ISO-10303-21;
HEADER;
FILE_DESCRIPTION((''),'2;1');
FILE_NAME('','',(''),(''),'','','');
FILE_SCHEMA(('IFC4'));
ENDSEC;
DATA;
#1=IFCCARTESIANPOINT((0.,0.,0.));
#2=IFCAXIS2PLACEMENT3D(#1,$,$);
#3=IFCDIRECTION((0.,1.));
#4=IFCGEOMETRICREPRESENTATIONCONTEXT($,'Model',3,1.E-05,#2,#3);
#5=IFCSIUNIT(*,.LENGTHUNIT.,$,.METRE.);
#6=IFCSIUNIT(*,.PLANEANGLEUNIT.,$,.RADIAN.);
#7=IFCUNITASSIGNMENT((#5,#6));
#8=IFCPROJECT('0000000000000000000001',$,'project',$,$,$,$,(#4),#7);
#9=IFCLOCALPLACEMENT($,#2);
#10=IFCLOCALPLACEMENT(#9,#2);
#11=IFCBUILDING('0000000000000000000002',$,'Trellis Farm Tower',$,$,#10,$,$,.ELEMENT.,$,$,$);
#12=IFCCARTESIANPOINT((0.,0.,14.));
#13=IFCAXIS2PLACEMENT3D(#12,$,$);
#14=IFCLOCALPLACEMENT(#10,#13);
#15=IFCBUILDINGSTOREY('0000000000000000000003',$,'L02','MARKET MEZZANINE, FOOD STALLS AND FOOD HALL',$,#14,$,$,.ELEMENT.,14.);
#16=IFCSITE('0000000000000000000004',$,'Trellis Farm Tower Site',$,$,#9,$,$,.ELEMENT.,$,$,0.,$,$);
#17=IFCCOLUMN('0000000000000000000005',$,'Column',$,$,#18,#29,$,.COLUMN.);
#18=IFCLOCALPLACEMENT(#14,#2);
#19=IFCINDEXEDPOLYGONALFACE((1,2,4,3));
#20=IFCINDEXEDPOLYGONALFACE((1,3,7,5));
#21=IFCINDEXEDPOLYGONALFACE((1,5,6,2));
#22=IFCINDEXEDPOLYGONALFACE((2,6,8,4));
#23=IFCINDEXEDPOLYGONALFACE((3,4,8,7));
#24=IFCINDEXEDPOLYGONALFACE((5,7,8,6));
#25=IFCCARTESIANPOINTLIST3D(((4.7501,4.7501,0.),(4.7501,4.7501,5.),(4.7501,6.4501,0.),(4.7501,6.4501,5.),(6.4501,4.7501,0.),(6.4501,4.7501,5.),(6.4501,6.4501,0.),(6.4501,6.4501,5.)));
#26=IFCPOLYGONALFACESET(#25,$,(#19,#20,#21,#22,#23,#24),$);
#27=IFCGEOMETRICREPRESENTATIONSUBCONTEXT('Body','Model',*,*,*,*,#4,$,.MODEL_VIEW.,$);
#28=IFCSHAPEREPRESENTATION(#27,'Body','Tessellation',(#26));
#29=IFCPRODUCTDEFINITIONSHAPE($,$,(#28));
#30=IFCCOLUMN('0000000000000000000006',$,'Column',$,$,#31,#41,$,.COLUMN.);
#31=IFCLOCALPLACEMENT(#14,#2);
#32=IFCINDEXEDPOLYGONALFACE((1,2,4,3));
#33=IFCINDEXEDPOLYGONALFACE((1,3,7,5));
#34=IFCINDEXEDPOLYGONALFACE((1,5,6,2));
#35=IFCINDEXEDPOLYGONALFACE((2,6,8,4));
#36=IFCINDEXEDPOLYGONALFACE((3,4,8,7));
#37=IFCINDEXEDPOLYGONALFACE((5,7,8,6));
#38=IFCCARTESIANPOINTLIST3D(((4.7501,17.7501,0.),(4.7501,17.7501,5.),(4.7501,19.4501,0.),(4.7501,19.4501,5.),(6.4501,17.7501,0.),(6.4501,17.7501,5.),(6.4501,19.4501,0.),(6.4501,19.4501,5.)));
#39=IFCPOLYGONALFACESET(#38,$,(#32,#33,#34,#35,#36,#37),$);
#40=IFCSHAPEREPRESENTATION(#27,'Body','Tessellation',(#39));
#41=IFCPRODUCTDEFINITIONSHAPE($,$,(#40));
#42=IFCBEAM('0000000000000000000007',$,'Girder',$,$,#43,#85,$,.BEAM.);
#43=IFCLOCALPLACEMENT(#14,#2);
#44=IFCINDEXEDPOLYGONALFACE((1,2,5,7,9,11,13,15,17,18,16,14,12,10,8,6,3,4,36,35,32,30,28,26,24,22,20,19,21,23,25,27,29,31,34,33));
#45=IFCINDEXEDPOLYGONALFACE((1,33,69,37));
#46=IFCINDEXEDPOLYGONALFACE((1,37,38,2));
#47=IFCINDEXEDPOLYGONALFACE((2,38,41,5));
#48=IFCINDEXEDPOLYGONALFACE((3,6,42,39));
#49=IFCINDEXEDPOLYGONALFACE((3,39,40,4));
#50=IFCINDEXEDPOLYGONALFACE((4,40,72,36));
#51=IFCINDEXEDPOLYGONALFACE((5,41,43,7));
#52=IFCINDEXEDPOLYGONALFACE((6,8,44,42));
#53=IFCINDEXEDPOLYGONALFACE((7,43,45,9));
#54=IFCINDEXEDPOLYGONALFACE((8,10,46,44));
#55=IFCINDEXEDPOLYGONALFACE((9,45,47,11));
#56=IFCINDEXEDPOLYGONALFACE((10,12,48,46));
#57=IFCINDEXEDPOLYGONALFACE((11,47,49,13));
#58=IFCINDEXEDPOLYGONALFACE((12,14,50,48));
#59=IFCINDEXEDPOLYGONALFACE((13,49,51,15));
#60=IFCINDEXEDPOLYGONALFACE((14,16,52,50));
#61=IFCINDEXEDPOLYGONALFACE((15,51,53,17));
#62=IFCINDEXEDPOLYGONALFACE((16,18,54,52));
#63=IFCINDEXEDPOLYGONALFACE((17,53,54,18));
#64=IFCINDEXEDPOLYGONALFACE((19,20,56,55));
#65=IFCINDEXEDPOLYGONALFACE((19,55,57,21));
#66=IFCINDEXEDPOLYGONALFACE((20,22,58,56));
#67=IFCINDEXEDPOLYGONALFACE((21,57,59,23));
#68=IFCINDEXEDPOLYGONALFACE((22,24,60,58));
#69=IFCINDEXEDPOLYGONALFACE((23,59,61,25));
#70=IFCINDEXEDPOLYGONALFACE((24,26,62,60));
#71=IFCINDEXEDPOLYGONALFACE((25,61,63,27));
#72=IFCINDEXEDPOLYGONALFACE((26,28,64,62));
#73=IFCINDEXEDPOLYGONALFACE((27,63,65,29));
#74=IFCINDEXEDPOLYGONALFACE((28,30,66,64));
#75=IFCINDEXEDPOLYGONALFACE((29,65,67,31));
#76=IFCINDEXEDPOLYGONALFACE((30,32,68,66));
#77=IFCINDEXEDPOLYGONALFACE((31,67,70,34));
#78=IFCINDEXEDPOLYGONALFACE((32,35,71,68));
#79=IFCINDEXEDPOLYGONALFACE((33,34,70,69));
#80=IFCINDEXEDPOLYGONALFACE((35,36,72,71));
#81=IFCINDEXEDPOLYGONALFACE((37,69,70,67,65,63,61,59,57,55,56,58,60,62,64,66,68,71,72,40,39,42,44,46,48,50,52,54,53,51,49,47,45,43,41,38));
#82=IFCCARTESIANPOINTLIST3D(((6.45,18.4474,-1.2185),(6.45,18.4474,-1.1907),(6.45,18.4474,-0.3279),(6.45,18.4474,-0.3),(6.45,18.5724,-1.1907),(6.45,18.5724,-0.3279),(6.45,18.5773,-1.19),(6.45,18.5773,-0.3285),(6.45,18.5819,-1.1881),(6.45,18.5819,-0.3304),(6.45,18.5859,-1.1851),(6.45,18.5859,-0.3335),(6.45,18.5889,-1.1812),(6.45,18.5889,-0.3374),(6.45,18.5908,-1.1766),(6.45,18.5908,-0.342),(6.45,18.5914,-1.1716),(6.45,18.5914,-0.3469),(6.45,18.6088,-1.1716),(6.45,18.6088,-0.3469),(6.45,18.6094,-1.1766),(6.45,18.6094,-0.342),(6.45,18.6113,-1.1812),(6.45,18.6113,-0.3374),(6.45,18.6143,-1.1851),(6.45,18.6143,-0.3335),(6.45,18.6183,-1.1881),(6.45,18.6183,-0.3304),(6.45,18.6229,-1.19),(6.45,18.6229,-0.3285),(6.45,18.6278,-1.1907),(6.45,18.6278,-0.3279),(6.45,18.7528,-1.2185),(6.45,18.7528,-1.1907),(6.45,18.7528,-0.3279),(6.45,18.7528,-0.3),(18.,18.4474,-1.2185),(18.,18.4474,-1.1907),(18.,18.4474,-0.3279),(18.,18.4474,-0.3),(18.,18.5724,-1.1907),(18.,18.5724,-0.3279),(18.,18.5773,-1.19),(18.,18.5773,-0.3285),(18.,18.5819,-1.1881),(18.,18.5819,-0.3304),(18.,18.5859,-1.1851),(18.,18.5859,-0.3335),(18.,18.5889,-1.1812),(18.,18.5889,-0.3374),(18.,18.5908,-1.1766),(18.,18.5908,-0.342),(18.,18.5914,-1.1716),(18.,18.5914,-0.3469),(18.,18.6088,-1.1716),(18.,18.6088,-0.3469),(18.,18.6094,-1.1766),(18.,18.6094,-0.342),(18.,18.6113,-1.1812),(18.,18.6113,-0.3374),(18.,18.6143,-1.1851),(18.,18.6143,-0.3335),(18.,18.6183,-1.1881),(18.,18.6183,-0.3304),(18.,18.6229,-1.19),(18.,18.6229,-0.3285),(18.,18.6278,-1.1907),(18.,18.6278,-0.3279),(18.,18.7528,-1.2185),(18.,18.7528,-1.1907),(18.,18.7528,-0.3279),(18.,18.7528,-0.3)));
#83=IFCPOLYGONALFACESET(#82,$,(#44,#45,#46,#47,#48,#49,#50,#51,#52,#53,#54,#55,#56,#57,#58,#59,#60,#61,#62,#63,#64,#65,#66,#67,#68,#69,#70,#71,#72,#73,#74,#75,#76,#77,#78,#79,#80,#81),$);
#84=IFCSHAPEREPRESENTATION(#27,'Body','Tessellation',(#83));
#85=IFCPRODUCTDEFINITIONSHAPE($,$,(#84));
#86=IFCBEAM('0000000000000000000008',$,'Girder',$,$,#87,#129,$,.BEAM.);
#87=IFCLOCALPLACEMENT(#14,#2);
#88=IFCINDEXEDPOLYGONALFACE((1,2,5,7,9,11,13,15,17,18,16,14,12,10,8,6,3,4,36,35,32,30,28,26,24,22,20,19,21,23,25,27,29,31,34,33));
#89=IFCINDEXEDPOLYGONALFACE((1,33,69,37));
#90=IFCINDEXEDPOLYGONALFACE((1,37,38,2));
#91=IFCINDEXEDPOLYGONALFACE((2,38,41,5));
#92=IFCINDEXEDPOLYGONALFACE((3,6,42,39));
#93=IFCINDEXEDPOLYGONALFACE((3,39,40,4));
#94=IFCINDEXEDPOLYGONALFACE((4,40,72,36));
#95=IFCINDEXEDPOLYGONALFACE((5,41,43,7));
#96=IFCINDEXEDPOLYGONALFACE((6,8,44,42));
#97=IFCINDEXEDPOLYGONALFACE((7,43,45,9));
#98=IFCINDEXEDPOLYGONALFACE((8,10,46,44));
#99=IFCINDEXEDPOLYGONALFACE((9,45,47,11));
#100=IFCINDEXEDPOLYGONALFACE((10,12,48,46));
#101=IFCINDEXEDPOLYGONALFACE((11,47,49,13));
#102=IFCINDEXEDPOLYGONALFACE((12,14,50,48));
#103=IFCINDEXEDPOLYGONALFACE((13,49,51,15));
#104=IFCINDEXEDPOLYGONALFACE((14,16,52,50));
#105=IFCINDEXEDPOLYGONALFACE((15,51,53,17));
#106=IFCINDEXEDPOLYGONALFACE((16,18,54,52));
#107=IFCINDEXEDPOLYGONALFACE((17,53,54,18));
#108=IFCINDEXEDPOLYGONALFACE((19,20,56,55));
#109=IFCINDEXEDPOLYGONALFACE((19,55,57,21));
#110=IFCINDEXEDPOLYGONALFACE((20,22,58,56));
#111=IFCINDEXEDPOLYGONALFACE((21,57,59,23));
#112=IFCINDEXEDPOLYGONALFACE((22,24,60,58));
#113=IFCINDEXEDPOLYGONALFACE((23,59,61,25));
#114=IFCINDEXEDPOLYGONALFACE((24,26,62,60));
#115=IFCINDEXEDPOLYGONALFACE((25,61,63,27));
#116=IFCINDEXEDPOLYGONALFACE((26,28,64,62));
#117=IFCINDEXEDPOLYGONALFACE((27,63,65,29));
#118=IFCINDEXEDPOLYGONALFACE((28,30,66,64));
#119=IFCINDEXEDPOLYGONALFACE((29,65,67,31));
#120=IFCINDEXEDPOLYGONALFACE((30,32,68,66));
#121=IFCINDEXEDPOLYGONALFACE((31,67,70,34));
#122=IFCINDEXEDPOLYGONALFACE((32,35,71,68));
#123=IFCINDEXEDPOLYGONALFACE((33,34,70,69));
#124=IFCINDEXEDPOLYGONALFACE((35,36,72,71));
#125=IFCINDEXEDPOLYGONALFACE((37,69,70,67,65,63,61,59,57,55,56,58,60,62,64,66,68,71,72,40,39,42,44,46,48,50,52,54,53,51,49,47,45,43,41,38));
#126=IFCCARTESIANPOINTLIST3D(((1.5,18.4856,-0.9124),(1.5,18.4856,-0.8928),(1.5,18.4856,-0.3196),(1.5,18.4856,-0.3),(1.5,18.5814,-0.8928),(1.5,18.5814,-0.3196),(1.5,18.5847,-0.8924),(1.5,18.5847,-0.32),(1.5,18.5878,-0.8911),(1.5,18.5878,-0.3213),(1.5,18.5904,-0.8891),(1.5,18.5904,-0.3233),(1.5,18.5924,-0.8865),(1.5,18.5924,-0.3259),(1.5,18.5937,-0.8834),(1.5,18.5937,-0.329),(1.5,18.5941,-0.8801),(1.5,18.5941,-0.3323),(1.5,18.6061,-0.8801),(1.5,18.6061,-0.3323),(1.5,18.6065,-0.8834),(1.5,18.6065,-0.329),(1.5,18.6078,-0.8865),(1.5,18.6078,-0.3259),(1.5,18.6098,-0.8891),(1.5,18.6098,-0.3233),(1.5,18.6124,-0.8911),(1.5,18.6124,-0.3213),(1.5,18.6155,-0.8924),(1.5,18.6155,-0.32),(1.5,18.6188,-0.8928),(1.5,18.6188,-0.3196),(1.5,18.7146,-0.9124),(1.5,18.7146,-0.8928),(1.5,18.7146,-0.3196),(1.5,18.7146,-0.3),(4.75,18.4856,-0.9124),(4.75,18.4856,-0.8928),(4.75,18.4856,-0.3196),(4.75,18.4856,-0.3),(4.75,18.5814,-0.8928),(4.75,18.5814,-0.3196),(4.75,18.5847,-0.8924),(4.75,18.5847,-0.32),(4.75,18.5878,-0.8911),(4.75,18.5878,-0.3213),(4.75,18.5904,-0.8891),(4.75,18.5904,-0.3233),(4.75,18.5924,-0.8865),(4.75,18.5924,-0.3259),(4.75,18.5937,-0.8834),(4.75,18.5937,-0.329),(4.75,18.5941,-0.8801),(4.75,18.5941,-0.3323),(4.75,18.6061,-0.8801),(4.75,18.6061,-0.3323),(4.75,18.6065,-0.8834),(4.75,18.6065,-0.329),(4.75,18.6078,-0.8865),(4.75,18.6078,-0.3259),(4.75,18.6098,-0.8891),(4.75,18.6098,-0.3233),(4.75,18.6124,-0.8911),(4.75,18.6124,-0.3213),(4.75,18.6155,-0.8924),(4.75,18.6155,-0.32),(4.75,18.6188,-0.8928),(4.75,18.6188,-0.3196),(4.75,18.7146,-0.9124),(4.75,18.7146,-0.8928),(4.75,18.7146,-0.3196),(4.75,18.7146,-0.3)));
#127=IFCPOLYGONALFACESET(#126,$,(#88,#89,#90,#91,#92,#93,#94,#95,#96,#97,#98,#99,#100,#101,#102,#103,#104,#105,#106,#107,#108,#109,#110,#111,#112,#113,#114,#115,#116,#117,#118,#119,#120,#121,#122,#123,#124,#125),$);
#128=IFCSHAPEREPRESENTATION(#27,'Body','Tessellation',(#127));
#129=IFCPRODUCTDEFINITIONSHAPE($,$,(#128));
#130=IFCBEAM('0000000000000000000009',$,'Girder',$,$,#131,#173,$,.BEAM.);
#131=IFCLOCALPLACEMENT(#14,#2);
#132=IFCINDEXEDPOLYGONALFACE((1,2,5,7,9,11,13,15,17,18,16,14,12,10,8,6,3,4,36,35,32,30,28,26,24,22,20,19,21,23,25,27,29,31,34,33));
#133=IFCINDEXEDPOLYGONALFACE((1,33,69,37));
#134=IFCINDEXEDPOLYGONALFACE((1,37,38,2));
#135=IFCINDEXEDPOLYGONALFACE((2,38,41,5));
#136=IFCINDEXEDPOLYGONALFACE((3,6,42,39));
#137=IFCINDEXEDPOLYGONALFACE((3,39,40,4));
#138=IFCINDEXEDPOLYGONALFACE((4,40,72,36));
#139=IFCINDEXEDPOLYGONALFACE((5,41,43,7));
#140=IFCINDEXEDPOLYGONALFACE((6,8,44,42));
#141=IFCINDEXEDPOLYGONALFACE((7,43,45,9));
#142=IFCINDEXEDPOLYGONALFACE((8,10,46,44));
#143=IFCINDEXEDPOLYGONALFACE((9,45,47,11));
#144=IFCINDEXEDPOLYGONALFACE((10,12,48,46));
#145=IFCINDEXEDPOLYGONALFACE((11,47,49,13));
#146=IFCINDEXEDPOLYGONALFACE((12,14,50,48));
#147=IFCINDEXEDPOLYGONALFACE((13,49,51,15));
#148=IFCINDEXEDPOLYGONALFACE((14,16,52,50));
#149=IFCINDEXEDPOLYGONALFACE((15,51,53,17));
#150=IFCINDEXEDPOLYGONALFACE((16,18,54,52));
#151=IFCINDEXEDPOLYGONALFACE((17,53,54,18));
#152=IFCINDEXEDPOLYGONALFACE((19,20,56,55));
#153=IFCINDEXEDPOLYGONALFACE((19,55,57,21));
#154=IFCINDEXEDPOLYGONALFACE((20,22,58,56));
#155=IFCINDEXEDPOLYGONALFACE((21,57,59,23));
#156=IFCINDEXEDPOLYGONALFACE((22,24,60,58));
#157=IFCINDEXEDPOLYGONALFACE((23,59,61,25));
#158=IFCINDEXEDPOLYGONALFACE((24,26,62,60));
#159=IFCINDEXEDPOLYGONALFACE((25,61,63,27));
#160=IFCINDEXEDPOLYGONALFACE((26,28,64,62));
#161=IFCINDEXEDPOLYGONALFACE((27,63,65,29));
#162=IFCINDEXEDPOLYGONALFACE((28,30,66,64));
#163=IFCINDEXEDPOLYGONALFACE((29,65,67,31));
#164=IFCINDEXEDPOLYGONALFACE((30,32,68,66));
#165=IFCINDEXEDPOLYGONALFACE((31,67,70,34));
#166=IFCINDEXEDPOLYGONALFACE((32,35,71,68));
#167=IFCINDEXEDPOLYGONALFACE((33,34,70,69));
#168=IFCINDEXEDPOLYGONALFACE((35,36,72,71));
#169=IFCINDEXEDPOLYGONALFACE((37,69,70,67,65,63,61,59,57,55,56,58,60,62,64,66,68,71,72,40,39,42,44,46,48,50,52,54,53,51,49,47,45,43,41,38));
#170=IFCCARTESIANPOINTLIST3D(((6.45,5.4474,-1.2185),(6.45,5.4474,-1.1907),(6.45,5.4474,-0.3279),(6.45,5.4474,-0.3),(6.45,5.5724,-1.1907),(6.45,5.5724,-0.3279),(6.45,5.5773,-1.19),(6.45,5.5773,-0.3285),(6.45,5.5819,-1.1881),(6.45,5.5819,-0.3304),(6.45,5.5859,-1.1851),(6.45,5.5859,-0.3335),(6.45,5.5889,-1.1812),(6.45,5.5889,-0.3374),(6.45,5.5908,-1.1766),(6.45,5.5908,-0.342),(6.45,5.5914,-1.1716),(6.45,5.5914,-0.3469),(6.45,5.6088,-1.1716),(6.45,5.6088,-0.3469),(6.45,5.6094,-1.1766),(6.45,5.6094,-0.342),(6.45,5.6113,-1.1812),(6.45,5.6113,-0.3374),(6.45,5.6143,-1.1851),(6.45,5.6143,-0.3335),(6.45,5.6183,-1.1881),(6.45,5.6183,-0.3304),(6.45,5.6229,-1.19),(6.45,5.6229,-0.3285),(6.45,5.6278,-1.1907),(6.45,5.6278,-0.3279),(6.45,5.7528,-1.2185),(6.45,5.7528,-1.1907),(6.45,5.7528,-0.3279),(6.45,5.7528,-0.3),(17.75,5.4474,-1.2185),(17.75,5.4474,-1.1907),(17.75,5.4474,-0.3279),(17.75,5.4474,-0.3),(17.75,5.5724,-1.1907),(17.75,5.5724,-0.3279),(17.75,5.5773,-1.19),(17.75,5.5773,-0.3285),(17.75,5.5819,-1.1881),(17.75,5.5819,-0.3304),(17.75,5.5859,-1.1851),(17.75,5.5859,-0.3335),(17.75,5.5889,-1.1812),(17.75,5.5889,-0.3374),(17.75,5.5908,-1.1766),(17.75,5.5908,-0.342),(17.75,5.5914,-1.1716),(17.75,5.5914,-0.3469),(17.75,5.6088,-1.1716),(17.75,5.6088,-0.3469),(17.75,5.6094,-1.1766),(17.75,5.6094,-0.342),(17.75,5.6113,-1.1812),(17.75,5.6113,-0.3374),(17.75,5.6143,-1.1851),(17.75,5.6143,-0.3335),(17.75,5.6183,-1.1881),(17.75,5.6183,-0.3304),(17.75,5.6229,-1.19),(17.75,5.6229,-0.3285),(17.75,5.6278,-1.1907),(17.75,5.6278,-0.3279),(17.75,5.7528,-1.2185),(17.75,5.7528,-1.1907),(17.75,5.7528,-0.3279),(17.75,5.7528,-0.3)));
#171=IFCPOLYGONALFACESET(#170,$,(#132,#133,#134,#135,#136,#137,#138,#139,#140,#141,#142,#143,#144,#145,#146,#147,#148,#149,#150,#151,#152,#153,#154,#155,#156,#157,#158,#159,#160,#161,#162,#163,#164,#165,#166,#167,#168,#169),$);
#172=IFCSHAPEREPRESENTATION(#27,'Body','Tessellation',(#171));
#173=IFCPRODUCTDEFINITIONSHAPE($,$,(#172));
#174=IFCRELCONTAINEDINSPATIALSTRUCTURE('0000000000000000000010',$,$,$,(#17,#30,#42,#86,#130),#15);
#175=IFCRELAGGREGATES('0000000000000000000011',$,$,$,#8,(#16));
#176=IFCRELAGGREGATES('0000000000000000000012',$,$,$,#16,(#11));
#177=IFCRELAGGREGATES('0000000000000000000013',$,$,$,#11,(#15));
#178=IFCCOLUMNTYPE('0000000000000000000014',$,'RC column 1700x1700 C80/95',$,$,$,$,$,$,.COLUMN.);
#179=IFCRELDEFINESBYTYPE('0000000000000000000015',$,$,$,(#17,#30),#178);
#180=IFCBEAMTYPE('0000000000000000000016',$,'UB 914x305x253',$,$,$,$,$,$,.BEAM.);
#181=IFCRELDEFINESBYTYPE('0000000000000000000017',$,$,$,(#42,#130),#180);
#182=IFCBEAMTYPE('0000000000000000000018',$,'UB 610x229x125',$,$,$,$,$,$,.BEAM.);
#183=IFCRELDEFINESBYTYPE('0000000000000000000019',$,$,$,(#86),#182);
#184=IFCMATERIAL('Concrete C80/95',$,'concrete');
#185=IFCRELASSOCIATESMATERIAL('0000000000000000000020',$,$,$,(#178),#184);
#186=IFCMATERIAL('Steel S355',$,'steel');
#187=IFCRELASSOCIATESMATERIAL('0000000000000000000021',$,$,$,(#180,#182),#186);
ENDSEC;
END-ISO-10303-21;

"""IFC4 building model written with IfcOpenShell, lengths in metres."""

from ifc_helpers import new_model, si_unit, direction, frame, origin, origin_2d, place, context, subcontext, project, spatial, rectangle, i_section, extrude, source, transform, mapped, material, material_profile, profile_set, type_object, element, save


model = new_model("IFC4")

# Units and contexts
model_context = context("Model", 3, precision=1e-05, world=origin(), true_north=direction((0.0, 1.0)))
body_context = subcontext(model_context, "Body", "Model", "MODEL_VIEW")
ifc_project = project(units=[si_unit("LENGTHUNIT", "METRE"), si_unit("PLANEANGLEUNIT", "RADIAN")], contexts=[model_context])

# Site, building, storey
site_placement = place(None, origin())
site = spatial("IfcSite", under=ifc_project, at=site_placement, Name="Trellis Farm Tower Site", CompositionType="ELEMENT", RefElevation=0.0)
building_placement = place(site_placement, origin())
building = spatial("IfcBuilding", under=site, at=building_placement, Name="Trellis Farm Tower", CompositionType="ELEMENT")
storey_placement = place(building_placement, frame((0.0, 0.0, 14.0)))
storey = spatial("IfcBuildingStorey", under=building, at=storey_placement, Name="L02", Description="MARKET MEZZANINE, FOOD STALLS AND FOOD HALL", CompositionType="ELEMENT", Elevation=14.0)

# Columns
ifc_material_1 = material(Name="Concrete C80/95", Category="concrete")
ifc_material_profile_1 = material_profile(ifc_material_1, rectangle(XDim=1.7, YDim=1.7, at=origin_2d()), Name="RC column 1700x1700 C80/95")
ifc_profile_set_1 = profile_set([ifc_material_profile_1], Name="Concrete C80/95")
column_type = type_object("IfcColumnType", Name="RC column 1700x1700 C80/95", PredefinedType="COLUMN", material=ifc_profile_set_1)
shared_shape_1 = source(origin(), body_context, "Body", "SweptSolid", [
    extrude(rectangle(XDim=1.7, YDim=1.7, at=origin_2d()), origin(), (0.0, 0.0, 1.0), 5.0),
])
for number, where, z_axis, x_axis, name in (
    (1, (5.6001, 5.6001, 0.0), (0.0, 0.0, 1.0), (1.0, 0.0, 0.0), "Column"),
    (2, (5.6001, 18.6001, 0.0), (0.0, 0.0, 1.0), (1.0, 0.0, 0.0), "Column"),
):
    element("IfcColumn", number, at=place(storey_placement, frame(where, z_axis=z_axis, x_axis=x_axis)), inside=storey, type_object=column_type, Name=name, PredefinedType="COLUMN", context=body_context, shape_type="MappedRepresentation", body=[
        mapped(shared_shape_1, transform((0.0, 0.0, 0.0))),
    ])

# Beams
ifc_material_2 = material(Name="Steel S355", Category="steel")
ifc_material_profile_2 = material_profile(ifc_material_2, i_section(OverallWidth=0.3054, OverallDepth=0.9185, WebThickness=0.0173, FlangeThickness=0.0278, FilletRadius=0.019, at=origin_2d()), Name="UB 914x305x253")
ifc_profile_set_2 = profile_set([ifc_material_profile_2], Name="Steel S355")
beam_type_1 = type_object("IfcBeamType", Name="UB 914x305x253", PredefinedType="BEAM", material=ifc_profile_set_2)
shared_shape_2 = source(origin(), body_context, "Body", "SweptSolid", [
    extrude(i_section(OverallWidth=0.3054, OverallDepth=0.9185, WebThickness=0.0173, FlangeThickness=0.0278, FilletRadius=0.019, at=origin_2d()), origin(), (0.0, 0.0, 1.0), 11.55),
])
beam_1_placement = place(storey_placement, frame((6.45, 18.6001, -0.7593), z_axis=(1.0, 0.0, 0.0), x_axis=(0.0, 1.0, 0.0)))
element("IfcBeam", 3, at=beam_1_placement, inside=storey, type_object=beam_type_1, Name="Girder", PredefinedType="BEAM", context=body_context, shape_type="MappedRepresentation", body=[
    mapped(shared_shape_2, transform((0.0, 0.0, 0.0))),
])
ifc_material_profile_3 = material_profile(ifc_material_2, i_section(OverallWidth=0.229, OverallDepth=0.6123, WebThickness=0.012, FlangeThickness=0.0195, FilletRadius=0.0127, at=origin_2d()), Name="UB 610x229x125")
ifc_profile_set_3 = profile_set([ifc_material_profile_3], Name="Steel S355")
beam_type_2 = type_object("IfcBeamType", Name="UB 610x229x125", PredefinedType="BEAM", material=ifc_profile_set_3)
shared_shape_3 = source(origin(), body_context, "Body", "SweptSolid", [
    extrude(i_section(OverallWidth=0.229, OverallDepth=0.6123, WebThickness=0.012, FlangeThickness=0.0195, FilletRadius=0.0127, at=origin_2d()), origin(), (0.0, 0.0, 1.0), 3.25),
])
beam_2_placement = place(storey_placement, frame((1.5, 18.6001, -0.6062), z_axis=(1.0, 0.0, 0.0), x_axis=(0.0, 1.0, 0.0)))
element("IfcBeam", 4, at=beam_2_placement, inside=storey, type_object=beam_type_2, Name="Girder", PredefinedType="BEAM", context=body_context, shape_type="MappedRepresentation", body=[
    mapped(shared_shape_3, transform((0.0, 0.0, 0.0))),
])
shared_shape_4 = source(origin(), body_context, "Body", "SweptSolid", [
    extrude(i_section(OverallWidth=0.3054, OverallDepth=0.9185, WebThickness=0.0173, FlangeThickness=0.0278, FilletRadius=0.019, at=origin_2d()), origin(), (0.0, 0.0, 1.0), 11.3),
])
for number, where, z_axis, x_axis, name in (
    (5, (6.45, 5.6001, -0.7593), (1.0, 0.0, 0.0), (0.0, 1.0, 0.0), "Girder"),
):
    element("IfcBeam", number, at=place(storey_placement, frame(where, z_axis=z_axis, x_axis=x_axis)), inside=storey, type_object=beam_type_1, Name=name, PredefinedType="BEAM", context=body_context, shape_type="MappedRepresentation", body=[
        mapped(shared_shape_4, transform((0.0, 0.0, 0.0))),
    ])

save(model, "model.ifc")
